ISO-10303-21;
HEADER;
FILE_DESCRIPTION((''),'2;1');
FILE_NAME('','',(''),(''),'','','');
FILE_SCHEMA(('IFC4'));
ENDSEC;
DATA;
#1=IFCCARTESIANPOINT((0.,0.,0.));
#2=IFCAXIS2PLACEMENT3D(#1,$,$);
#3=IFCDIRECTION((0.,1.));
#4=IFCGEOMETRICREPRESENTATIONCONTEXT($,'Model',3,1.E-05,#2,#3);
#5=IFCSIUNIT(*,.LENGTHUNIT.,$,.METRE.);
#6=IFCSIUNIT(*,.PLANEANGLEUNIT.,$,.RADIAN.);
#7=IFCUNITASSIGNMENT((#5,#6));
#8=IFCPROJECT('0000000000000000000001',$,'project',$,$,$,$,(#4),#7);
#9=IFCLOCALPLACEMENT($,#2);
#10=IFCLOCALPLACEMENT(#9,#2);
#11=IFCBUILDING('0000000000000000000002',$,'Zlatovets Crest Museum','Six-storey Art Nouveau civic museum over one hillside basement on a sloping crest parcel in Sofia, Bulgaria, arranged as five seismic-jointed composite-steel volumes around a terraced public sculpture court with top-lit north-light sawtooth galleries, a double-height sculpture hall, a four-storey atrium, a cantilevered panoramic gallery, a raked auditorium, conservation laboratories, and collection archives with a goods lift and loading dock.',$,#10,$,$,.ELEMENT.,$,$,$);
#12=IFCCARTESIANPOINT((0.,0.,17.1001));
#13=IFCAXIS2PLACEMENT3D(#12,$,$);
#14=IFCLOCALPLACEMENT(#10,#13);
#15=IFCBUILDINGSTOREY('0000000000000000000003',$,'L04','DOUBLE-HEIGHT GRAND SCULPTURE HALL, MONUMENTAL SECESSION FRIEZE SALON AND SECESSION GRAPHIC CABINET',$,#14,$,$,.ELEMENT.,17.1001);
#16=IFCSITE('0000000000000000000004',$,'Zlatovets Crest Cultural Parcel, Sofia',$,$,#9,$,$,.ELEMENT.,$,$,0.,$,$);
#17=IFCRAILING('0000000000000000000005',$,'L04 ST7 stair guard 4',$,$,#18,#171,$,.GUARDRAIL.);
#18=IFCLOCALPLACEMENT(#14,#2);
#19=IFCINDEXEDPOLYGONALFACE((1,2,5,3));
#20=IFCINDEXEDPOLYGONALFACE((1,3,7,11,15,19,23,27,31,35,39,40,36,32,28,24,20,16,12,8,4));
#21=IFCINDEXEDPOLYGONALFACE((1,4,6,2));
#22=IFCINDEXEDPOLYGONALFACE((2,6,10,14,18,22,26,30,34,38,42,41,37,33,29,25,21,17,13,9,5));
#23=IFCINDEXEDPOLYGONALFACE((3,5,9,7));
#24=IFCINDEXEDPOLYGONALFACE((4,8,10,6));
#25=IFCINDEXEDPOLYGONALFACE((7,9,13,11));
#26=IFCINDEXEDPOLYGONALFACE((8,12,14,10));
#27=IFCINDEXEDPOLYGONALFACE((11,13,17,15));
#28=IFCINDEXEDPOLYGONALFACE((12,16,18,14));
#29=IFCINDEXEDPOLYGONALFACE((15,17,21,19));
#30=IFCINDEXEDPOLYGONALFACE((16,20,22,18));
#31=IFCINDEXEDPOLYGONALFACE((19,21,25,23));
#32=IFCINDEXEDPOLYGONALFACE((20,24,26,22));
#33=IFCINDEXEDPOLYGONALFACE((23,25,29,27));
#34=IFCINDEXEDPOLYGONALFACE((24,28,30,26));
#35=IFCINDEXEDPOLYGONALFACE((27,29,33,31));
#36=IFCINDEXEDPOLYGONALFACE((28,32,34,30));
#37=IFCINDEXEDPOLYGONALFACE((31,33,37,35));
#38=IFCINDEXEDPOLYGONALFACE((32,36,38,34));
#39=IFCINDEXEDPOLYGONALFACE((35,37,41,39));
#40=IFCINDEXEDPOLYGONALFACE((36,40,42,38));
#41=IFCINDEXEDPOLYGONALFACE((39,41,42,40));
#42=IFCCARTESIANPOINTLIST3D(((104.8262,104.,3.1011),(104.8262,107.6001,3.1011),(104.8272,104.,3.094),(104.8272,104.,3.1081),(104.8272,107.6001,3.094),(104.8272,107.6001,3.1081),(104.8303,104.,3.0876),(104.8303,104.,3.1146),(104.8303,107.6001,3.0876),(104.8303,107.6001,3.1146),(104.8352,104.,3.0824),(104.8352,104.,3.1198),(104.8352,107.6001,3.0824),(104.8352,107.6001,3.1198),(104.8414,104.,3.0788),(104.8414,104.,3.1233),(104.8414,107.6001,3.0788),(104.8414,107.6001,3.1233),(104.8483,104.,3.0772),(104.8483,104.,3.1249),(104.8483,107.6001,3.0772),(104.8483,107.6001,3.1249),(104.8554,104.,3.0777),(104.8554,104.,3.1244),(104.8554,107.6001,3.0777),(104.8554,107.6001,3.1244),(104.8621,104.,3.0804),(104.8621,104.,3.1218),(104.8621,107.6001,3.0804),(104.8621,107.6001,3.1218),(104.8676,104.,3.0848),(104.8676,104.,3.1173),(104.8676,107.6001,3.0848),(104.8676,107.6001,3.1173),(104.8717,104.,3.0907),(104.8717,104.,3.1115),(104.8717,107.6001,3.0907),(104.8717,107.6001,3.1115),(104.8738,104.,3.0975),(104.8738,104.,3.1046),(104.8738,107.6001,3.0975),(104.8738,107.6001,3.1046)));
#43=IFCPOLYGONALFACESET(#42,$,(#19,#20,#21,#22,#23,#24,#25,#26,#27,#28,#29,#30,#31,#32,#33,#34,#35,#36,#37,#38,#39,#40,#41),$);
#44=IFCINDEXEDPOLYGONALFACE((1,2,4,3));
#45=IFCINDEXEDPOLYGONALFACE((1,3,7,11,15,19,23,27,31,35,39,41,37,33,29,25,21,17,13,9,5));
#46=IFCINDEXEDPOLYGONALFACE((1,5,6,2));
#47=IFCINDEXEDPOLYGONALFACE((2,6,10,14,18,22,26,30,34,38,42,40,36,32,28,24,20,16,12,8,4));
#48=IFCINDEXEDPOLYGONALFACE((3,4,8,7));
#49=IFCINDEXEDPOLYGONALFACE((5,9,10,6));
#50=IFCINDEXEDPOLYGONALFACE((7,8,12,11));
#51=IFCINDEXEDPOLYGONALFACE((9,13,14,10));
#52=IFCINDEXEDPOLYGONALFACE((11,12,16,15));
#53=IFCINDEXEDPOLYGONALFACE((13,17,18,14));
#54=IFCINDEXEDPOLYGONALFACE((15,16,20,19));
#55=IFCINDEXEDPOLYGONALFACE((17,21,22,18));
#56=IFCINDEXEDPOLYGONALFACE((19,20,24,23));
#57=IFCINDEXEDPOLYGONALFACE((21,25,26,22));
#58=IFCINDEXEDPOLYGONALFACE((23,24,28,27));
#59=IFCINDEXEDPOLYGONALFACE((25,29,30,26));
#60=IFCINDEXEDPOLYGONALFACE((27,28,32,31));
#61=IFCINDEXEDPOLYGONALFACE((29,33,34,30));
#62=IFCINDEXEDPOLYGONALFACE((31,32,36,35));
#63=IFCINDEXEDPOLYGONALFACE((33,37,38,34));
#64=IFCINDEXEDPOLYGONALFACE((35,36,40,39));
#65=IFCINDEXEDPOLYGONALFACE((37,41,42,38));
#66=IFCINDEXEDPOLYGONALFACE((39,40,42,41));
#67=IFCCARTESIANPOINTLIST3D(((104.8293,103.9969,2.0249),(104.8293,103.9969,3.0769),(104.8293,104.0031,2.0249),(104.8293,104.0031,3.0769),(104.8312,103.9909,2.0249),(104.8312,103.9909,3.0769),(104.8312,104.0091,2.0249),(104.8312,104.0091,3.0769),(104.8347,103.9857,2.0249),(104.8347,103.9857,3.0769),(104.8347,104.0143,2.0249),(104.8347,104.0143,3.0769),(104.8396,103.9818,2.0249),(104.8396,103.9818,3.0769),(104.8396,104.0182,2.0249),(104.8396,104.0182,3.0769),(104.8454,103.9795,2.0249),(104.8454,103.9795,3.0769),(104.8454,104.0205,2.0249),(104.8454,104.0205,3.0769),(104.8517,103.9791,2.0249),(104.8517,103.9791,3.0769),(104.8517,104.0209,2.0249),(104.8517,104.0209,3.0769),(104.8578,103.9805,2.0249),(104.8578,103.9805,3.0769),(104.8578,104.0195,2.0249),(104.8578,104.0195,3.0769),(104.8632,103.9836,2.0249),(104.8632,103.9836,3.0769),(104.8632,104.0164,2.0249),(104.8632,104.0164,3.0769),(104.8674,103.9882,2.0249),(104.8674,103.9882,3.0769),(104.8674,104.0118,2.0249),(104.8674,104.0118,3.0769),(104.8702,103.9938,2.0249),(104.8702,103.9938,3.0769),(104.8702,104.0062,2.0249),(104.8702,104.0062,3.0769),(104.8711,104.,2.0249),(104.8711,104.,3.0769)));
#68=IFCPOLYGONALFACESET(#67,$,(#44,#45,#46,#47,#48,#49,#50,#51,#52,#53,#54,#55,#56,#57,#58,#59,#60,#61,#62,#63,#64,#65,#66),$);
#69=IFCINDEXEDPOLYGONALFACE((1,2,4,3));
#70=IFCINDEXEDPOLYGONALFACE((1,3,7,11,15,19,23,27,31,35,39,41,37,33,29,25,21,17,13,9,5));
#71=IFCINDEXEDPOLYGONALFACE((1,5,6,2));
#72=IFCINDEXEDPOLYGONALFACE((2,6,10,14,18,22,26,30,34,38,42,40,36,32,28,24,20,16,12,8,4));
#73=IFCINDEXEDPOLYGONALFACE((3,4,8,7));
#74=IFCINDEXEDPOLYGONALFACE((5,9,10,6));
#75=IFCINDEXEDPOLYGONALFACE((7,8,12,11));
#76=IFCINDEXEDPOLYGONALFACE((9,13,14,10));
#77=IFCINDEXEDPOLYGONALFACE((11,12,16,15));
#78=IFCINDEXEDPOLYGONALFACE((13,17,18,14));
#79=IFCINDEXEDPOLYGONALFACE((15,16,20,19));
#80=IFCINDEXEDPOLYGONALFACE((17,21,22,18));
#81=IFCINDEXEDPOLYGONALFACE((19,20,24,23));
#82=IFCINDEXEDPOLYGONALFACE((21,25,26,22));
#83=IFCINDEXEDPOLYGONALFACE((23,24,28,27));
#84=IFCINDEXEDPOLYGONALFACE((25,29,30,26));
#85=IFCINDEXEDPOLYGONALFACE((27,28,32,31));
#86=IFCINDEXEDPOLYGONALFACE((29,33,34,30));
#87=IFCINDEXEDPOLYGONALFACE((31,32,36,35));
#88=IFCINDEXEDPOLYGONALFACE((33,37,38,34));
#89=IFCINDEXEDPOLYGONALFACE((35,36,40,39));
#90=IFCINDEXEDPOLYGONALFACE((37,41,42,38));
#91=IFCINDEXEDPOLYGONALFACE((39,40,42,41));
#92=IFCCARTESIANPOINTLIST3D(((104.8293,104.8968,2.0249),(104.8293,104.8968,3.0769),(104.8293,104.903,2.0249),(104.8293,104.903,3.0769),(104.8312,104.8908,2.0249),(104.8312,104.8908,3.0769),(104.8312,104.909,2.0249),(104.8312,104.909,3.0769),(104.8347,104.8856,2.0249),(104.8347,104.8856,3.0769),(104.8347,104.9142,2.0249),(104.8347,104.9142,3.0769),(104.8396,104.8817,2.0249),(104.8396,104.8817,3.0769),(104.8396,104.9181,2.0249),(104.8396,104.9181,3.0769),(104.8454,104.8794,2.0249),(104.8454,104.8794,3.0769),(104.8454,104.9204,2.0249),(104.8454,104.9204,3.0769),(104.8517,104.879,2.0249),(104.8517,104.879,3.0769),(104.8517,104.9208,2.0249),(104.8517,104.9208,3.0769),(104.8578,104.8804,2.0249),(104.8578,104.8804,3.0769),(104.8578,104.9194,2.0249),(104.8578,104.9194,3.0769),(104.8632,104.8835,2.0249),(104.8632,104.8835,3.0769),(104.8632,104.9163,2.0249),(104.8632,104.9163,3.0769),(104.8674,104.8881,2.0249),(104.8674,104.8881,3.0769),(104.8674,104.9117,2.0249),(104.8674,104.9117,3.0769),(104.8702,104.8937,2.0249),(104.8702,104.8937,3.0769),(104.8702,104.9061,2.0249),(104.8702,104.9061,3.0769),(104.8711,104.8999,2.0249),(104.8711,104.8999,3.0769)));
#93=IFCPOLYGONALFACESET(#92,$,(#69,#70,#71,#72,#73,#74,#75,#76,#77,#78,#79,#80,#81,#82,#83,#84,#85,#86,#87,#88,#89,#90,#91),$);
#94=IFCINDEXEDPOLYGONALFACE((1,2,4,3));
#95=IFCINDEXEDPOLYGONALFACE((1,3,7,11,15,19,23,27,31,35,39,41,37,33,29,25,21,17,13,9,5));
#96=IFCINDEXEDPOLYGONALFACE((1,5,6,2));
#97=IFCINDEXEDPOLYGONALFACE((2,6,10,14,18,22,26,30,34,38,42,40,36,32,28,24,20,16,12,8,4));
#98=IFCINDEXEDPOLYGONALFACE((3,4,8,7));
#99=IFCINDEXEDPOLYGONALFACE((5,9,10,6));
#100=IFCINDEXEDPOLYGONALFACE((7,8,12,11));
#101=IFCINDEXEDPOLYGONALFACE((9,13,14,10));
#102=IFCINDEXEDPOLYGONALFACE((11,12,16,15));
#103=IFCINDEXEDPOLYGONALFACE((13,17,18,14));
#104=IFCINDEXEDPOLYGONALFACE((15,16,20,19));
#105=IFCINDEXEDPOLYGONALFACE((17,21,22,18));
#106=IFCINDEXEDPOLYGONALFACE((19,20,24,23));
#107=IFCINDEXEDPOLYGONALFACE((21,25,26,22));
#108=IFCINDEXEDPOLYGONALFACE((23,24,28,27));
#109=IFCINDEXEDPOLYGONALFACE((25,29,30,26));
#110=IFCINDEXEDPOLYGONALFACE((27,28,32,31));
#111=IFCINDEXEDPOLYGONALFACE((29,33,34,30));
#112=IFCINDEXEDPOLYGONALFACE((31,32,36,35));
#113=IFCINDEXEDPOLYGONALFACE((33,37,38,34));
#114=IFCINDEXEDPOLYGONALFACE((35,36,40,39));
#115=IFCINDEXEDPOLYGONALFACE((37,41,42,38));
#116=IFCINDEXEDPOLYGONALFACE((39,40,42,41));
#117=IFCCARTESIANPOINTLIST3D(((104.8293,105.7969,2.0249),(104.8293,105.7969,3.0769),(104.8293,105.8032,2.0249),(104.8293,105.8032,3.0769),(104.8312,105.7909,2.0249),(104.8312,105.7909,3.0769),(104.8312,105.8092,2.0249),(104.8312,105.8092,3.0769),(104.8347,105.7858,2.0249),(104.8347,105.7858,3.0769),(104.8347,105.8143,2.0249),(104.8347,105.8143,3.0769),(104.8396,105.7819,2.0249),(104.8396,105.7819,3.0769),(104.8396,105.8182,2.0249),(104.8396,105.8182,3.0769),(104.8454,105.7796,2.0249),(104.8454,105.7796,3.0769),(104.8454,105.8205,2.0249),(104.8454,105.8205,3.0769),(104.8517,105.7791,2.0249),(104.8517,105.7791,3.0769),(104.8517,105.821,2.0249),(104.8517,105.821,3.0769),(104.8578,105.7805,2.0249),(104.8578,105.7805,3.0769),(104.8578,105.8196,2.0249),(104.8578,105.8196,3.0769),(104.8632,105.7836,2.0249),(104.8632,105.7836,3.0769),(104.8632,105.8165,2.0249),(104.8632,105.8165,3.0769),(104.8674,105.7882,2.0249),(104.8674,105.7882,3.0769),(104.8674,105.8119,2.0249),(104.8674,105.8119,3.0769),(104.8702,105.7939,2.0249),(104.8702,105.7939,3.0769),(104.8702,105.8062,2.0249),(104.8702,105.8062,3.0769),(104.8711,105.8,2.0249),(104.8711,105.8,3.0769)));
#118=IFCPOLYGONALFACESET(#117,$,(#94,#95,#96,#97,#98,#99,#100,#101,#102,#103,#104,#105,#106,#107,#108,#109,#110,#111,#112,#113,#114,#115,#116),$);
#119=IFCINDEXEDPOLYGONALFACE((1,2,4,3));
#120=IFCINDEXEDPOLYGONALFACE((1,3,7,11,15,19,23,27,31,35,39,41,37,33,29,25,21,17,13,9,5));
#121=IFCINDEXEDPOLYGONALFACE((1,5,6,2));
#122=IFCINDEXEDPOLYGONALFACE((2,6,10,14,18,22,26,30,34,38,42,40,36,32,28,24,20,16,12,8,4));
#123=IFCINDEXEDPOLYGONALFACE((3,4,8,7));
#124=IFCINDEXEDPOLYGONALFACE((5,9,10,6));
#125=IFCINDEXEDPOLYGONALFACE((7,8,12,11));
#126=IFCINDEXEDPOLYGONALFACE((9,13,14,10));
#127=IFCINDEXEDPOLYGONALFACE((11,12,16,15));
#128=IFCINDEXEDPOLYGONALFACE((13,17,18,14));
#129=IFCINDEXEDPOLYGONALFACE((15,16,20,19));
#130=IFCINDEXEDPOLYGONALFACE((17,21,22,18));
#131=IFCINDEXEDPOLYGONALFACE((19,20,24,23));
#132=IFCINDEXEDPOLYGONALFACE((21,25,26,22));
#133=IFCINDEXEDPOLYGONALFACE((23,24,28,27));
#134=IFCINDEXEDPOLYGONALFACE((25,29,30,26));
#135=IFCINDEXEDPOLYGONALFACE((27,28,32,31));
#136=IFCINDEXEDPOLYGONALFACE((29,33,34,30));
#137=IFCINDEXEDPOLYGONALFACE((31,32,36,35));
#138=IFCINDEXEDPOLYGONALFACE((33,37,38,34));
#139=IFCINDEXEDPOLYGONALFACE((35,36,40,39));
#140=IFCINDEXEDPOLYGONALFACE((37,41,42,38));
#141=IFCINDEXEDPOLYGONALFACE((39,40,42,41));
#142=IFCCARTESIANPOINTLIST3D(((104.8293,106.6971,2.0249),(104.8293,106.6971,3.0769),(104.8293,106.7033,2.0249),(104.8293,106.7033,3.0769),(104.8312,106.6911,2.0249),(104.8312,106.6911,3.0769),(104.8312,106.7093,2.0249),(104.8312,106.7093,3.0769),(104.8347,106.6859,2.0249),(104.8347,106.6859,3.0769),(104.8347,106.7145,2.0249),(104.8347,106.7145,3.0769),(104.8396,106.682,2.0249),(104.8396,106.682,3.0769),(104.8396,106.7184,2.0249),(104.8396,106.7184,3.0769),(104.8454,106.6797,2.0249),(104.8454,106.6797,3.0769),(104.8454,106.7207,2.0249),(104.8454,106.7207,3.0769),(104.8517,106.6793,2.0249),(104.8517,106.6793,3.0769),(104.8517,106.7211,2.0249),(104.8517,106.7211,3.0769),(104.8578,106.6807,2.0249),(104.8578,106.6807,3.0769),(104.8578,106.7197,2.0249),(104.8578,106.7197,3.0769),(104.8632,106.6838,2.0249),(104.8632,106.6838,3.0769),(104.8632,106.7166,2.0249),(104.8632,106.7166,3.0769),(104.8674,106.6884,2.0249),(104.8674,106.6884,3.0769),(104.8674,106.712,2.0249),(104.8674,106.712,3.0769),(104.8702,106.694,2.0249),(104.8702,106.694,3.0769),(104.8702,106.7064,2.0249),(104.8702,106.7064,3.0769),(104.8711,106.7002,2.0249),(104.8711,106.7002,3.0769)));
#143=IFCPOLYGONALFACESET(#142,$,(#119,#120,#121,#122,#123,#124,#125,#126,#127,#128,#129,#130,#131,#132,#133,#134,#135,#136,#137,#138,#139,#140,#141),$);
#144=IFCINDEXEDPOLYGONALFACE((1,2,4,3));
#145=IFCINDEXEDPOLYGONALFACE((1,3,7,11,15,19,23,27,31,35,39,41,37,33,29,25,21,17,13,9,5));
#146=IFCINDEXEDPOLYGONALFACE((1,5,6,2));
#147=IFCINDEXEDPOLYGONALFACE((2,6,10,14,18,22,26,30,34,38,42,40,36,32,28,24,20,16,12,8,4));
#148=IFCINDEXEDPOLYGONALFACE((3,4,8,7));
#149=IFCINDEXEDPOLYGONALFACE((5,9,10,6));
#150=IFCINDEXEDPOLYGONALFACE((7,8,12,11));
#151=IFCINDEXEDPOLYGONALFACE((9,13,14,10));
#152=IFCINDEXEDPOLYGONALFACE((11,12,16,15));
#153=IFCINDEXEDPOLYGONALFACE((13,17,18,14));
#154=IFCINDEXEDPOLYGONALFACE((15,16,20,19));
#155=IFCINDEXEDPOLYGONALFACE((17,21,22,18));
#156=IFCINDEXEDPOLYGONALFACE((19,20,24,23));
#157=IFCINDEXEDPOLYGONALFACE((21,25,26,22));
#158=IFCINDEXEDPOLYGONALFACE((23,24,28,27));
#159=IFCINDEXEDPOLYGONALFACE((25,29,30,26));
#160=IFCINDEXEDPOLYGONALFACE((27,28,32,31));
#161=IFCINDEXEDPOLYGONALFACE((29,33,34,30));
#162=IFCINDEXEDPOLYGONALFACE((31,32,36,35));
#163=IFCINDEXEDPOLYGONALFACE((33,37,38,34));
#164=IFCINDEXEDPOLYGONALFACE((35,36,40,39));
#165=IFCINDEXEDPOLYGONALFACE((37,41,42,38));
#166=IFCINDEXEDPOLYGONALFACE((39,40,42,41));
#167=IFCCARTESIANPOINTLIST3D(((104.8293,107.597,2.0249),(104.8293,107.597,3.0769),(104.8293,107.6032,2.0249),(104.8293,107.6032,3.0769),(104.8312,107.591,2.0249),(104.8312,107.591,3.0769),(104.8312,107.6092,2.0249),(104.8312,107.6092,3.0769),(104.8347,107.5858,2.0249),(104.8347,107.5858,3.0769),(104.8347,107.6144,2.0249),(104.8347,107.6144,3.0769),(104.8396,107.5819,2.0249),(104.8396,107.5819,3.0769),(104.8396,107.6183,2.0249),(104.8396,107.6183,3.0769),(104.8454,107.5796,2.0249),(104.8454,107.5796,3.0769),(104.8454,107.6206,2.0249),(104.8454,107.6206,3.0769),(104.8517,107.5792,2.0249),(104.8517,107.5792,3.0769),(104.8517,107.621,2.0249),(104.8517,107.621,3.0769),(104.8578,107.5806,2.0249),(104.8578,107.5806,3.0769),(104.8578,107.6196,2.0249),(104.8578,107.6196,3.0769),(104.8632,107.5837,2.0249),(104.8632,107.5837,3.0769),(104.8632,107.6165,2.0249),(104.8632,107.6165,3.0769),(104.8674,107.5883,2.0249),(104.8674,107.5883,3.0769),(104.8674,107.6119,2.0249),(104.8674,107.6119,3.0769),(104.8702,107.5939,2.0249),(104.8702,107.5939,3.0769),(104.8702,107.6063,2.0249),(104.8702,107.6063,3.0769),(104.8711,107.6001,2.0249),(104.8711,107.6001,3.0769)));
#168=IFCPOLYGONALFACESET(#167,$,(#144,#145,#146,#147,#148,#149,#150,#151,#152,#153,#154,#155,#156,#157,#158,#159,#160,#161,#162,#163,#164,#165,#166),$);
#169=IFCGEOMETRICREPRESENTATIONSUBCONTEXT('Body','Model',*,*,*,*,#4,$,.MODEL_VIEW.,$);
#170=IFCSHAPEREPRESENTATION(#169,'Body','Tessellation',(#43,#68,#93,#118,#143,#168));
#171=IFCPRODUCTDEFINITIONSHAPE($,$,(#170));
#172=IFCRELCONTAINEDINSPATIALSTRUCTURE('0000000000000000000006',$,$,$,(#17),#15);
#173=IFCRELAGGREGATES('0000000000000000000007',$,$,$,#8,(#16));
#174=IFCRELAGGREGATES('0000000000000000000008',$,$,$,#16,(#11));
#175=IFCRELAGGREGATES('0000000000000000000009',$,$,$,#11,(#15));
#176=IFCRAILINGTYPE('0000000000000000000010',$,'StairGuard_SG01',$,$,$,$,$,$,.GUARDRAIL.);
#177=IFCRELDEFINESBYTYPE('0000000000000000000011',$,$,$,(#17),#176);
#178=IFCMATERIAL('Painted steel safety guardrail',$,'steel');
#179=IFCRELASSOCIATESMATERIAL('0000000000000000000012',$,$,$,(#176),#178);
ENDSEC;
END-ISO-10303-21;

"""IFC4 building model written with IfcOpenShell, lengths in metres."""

from ifc_helpers import new_model, si_unit, direction, frame, origin, origin_2d, place, context, subcontext, project, spatial, circle, extrude, material, type_object, element, save


model = new_model("IFC4")

# Units and contexts
model_context = context("Model", 3, precision=1e-05, world=origin(), true_north=direction((0.0, 1.0)))
body_context = subcontext(model_context, "Body", "Model", "MODEL_VIEW")
ifc_project = project(units=[si_unit("LENGTHUNIT", "METRE"), si_unit("PLANEANGLEUNIT", "RADIAN")], contexts=[model_context])

# Site, building, storey
site_placement = place(None, origin())
site = spatial("IfcSite", under=ifc_project, at=site_placement, Name="Zlatovets Crest Cultural Parcel, Sofia", CompositionType="ELEMENT", RefElevation=0.0)
building_placement = place(site_placement, origin())
building = spatial("IfcBuilding", under=site, at=building_placement, Name="Zlatovets Crest Museum", Description="Six-storey Art Nouveau civic museum over one hillside basement on a sloping crest parcel in Sofia, Bulgaria, arranged as five seismic-jointed composite-steel volumes around a terraced public sculpture court with top-lit north-light sawtooth galleries, a double-height sculpture hall, a four-storey atrium, a cantilevered panoramic gallery, a raked auditorium, conservation laboratories, and collection archives with a goods lift and loading dock.", CompositionType="ELEMENT")
storey_placement = place(building_placement, frame((0.0, 0.0, 17.1001)))
storey = spatial("IfcBuildingStorey", under=building, at=storey_placement, Name="L04", Description="DOUBLE-HEIGHT GRAND SCULPTURE HALL, MONUMENTAL SECESSION FRIEZE SALON AND SECESSION GRAPHIC CABINET", CompositionType="ELEMENT", Elevation=17.1001)

# Railing
ifc_material_1 = material(Name="Painted steel safety guardrail", Category="steel")
railing_type_1 = type_object("IfcRailingType", Name="StairGuard_SG01", PredefinedType="GUARDRAIL", material=ifc_material_1)
for number, where, name in (
    (1, (104.8501, 104.0, 2.0249), "L04 ST7 stair guard 4"),
):
    element("IfcRailing", number, at=place(storey_placement, frame(where)), inside=storey, type_object=railing_type_1, Name=name, PredefinedType="GUARDRAIL", context=body_context, shape_type="SweptSolid", body=[
        extrude(circle(Radius=0.0239, at=origin_2d()), frame((0.0, 0.0, 1.0762), z_axis=(0.0, 1.0, 0.0), x_axis=(-1.0, 0.0, 0.0)), (0.0, 0.0, 1.0), 3.6001),
        extrude(circle(Radius=0.021, at=origin_2d()), origin(), (0.0, 0.0, 1.0), 1.052),
        extrude(circle(Radius=0.021, at=origin_2d()), frame((0.0, 0.8999, 0.0)), (0.0, 0.0, 1.0), 1.052),
        extrude(circle(Radius=0.021, at=origin_2d()), frame((0.0, 1.8, 0.0)), (0.0, 0.0, 1.0), 1.052),
        extrude(circle(Radius=0.021, at=origin_2d()), frame((0.0, 2.7002, 0.0)), (0.0, 0.0, 1.0), 1.052),
        extrude(circle(Radius=0.021, at=origin_2d()), frame((0.0, 3.6001, 0.0)), (0.0, 0.0, 1.0), 1.052),
    ])

save(model, "model.ifc")
